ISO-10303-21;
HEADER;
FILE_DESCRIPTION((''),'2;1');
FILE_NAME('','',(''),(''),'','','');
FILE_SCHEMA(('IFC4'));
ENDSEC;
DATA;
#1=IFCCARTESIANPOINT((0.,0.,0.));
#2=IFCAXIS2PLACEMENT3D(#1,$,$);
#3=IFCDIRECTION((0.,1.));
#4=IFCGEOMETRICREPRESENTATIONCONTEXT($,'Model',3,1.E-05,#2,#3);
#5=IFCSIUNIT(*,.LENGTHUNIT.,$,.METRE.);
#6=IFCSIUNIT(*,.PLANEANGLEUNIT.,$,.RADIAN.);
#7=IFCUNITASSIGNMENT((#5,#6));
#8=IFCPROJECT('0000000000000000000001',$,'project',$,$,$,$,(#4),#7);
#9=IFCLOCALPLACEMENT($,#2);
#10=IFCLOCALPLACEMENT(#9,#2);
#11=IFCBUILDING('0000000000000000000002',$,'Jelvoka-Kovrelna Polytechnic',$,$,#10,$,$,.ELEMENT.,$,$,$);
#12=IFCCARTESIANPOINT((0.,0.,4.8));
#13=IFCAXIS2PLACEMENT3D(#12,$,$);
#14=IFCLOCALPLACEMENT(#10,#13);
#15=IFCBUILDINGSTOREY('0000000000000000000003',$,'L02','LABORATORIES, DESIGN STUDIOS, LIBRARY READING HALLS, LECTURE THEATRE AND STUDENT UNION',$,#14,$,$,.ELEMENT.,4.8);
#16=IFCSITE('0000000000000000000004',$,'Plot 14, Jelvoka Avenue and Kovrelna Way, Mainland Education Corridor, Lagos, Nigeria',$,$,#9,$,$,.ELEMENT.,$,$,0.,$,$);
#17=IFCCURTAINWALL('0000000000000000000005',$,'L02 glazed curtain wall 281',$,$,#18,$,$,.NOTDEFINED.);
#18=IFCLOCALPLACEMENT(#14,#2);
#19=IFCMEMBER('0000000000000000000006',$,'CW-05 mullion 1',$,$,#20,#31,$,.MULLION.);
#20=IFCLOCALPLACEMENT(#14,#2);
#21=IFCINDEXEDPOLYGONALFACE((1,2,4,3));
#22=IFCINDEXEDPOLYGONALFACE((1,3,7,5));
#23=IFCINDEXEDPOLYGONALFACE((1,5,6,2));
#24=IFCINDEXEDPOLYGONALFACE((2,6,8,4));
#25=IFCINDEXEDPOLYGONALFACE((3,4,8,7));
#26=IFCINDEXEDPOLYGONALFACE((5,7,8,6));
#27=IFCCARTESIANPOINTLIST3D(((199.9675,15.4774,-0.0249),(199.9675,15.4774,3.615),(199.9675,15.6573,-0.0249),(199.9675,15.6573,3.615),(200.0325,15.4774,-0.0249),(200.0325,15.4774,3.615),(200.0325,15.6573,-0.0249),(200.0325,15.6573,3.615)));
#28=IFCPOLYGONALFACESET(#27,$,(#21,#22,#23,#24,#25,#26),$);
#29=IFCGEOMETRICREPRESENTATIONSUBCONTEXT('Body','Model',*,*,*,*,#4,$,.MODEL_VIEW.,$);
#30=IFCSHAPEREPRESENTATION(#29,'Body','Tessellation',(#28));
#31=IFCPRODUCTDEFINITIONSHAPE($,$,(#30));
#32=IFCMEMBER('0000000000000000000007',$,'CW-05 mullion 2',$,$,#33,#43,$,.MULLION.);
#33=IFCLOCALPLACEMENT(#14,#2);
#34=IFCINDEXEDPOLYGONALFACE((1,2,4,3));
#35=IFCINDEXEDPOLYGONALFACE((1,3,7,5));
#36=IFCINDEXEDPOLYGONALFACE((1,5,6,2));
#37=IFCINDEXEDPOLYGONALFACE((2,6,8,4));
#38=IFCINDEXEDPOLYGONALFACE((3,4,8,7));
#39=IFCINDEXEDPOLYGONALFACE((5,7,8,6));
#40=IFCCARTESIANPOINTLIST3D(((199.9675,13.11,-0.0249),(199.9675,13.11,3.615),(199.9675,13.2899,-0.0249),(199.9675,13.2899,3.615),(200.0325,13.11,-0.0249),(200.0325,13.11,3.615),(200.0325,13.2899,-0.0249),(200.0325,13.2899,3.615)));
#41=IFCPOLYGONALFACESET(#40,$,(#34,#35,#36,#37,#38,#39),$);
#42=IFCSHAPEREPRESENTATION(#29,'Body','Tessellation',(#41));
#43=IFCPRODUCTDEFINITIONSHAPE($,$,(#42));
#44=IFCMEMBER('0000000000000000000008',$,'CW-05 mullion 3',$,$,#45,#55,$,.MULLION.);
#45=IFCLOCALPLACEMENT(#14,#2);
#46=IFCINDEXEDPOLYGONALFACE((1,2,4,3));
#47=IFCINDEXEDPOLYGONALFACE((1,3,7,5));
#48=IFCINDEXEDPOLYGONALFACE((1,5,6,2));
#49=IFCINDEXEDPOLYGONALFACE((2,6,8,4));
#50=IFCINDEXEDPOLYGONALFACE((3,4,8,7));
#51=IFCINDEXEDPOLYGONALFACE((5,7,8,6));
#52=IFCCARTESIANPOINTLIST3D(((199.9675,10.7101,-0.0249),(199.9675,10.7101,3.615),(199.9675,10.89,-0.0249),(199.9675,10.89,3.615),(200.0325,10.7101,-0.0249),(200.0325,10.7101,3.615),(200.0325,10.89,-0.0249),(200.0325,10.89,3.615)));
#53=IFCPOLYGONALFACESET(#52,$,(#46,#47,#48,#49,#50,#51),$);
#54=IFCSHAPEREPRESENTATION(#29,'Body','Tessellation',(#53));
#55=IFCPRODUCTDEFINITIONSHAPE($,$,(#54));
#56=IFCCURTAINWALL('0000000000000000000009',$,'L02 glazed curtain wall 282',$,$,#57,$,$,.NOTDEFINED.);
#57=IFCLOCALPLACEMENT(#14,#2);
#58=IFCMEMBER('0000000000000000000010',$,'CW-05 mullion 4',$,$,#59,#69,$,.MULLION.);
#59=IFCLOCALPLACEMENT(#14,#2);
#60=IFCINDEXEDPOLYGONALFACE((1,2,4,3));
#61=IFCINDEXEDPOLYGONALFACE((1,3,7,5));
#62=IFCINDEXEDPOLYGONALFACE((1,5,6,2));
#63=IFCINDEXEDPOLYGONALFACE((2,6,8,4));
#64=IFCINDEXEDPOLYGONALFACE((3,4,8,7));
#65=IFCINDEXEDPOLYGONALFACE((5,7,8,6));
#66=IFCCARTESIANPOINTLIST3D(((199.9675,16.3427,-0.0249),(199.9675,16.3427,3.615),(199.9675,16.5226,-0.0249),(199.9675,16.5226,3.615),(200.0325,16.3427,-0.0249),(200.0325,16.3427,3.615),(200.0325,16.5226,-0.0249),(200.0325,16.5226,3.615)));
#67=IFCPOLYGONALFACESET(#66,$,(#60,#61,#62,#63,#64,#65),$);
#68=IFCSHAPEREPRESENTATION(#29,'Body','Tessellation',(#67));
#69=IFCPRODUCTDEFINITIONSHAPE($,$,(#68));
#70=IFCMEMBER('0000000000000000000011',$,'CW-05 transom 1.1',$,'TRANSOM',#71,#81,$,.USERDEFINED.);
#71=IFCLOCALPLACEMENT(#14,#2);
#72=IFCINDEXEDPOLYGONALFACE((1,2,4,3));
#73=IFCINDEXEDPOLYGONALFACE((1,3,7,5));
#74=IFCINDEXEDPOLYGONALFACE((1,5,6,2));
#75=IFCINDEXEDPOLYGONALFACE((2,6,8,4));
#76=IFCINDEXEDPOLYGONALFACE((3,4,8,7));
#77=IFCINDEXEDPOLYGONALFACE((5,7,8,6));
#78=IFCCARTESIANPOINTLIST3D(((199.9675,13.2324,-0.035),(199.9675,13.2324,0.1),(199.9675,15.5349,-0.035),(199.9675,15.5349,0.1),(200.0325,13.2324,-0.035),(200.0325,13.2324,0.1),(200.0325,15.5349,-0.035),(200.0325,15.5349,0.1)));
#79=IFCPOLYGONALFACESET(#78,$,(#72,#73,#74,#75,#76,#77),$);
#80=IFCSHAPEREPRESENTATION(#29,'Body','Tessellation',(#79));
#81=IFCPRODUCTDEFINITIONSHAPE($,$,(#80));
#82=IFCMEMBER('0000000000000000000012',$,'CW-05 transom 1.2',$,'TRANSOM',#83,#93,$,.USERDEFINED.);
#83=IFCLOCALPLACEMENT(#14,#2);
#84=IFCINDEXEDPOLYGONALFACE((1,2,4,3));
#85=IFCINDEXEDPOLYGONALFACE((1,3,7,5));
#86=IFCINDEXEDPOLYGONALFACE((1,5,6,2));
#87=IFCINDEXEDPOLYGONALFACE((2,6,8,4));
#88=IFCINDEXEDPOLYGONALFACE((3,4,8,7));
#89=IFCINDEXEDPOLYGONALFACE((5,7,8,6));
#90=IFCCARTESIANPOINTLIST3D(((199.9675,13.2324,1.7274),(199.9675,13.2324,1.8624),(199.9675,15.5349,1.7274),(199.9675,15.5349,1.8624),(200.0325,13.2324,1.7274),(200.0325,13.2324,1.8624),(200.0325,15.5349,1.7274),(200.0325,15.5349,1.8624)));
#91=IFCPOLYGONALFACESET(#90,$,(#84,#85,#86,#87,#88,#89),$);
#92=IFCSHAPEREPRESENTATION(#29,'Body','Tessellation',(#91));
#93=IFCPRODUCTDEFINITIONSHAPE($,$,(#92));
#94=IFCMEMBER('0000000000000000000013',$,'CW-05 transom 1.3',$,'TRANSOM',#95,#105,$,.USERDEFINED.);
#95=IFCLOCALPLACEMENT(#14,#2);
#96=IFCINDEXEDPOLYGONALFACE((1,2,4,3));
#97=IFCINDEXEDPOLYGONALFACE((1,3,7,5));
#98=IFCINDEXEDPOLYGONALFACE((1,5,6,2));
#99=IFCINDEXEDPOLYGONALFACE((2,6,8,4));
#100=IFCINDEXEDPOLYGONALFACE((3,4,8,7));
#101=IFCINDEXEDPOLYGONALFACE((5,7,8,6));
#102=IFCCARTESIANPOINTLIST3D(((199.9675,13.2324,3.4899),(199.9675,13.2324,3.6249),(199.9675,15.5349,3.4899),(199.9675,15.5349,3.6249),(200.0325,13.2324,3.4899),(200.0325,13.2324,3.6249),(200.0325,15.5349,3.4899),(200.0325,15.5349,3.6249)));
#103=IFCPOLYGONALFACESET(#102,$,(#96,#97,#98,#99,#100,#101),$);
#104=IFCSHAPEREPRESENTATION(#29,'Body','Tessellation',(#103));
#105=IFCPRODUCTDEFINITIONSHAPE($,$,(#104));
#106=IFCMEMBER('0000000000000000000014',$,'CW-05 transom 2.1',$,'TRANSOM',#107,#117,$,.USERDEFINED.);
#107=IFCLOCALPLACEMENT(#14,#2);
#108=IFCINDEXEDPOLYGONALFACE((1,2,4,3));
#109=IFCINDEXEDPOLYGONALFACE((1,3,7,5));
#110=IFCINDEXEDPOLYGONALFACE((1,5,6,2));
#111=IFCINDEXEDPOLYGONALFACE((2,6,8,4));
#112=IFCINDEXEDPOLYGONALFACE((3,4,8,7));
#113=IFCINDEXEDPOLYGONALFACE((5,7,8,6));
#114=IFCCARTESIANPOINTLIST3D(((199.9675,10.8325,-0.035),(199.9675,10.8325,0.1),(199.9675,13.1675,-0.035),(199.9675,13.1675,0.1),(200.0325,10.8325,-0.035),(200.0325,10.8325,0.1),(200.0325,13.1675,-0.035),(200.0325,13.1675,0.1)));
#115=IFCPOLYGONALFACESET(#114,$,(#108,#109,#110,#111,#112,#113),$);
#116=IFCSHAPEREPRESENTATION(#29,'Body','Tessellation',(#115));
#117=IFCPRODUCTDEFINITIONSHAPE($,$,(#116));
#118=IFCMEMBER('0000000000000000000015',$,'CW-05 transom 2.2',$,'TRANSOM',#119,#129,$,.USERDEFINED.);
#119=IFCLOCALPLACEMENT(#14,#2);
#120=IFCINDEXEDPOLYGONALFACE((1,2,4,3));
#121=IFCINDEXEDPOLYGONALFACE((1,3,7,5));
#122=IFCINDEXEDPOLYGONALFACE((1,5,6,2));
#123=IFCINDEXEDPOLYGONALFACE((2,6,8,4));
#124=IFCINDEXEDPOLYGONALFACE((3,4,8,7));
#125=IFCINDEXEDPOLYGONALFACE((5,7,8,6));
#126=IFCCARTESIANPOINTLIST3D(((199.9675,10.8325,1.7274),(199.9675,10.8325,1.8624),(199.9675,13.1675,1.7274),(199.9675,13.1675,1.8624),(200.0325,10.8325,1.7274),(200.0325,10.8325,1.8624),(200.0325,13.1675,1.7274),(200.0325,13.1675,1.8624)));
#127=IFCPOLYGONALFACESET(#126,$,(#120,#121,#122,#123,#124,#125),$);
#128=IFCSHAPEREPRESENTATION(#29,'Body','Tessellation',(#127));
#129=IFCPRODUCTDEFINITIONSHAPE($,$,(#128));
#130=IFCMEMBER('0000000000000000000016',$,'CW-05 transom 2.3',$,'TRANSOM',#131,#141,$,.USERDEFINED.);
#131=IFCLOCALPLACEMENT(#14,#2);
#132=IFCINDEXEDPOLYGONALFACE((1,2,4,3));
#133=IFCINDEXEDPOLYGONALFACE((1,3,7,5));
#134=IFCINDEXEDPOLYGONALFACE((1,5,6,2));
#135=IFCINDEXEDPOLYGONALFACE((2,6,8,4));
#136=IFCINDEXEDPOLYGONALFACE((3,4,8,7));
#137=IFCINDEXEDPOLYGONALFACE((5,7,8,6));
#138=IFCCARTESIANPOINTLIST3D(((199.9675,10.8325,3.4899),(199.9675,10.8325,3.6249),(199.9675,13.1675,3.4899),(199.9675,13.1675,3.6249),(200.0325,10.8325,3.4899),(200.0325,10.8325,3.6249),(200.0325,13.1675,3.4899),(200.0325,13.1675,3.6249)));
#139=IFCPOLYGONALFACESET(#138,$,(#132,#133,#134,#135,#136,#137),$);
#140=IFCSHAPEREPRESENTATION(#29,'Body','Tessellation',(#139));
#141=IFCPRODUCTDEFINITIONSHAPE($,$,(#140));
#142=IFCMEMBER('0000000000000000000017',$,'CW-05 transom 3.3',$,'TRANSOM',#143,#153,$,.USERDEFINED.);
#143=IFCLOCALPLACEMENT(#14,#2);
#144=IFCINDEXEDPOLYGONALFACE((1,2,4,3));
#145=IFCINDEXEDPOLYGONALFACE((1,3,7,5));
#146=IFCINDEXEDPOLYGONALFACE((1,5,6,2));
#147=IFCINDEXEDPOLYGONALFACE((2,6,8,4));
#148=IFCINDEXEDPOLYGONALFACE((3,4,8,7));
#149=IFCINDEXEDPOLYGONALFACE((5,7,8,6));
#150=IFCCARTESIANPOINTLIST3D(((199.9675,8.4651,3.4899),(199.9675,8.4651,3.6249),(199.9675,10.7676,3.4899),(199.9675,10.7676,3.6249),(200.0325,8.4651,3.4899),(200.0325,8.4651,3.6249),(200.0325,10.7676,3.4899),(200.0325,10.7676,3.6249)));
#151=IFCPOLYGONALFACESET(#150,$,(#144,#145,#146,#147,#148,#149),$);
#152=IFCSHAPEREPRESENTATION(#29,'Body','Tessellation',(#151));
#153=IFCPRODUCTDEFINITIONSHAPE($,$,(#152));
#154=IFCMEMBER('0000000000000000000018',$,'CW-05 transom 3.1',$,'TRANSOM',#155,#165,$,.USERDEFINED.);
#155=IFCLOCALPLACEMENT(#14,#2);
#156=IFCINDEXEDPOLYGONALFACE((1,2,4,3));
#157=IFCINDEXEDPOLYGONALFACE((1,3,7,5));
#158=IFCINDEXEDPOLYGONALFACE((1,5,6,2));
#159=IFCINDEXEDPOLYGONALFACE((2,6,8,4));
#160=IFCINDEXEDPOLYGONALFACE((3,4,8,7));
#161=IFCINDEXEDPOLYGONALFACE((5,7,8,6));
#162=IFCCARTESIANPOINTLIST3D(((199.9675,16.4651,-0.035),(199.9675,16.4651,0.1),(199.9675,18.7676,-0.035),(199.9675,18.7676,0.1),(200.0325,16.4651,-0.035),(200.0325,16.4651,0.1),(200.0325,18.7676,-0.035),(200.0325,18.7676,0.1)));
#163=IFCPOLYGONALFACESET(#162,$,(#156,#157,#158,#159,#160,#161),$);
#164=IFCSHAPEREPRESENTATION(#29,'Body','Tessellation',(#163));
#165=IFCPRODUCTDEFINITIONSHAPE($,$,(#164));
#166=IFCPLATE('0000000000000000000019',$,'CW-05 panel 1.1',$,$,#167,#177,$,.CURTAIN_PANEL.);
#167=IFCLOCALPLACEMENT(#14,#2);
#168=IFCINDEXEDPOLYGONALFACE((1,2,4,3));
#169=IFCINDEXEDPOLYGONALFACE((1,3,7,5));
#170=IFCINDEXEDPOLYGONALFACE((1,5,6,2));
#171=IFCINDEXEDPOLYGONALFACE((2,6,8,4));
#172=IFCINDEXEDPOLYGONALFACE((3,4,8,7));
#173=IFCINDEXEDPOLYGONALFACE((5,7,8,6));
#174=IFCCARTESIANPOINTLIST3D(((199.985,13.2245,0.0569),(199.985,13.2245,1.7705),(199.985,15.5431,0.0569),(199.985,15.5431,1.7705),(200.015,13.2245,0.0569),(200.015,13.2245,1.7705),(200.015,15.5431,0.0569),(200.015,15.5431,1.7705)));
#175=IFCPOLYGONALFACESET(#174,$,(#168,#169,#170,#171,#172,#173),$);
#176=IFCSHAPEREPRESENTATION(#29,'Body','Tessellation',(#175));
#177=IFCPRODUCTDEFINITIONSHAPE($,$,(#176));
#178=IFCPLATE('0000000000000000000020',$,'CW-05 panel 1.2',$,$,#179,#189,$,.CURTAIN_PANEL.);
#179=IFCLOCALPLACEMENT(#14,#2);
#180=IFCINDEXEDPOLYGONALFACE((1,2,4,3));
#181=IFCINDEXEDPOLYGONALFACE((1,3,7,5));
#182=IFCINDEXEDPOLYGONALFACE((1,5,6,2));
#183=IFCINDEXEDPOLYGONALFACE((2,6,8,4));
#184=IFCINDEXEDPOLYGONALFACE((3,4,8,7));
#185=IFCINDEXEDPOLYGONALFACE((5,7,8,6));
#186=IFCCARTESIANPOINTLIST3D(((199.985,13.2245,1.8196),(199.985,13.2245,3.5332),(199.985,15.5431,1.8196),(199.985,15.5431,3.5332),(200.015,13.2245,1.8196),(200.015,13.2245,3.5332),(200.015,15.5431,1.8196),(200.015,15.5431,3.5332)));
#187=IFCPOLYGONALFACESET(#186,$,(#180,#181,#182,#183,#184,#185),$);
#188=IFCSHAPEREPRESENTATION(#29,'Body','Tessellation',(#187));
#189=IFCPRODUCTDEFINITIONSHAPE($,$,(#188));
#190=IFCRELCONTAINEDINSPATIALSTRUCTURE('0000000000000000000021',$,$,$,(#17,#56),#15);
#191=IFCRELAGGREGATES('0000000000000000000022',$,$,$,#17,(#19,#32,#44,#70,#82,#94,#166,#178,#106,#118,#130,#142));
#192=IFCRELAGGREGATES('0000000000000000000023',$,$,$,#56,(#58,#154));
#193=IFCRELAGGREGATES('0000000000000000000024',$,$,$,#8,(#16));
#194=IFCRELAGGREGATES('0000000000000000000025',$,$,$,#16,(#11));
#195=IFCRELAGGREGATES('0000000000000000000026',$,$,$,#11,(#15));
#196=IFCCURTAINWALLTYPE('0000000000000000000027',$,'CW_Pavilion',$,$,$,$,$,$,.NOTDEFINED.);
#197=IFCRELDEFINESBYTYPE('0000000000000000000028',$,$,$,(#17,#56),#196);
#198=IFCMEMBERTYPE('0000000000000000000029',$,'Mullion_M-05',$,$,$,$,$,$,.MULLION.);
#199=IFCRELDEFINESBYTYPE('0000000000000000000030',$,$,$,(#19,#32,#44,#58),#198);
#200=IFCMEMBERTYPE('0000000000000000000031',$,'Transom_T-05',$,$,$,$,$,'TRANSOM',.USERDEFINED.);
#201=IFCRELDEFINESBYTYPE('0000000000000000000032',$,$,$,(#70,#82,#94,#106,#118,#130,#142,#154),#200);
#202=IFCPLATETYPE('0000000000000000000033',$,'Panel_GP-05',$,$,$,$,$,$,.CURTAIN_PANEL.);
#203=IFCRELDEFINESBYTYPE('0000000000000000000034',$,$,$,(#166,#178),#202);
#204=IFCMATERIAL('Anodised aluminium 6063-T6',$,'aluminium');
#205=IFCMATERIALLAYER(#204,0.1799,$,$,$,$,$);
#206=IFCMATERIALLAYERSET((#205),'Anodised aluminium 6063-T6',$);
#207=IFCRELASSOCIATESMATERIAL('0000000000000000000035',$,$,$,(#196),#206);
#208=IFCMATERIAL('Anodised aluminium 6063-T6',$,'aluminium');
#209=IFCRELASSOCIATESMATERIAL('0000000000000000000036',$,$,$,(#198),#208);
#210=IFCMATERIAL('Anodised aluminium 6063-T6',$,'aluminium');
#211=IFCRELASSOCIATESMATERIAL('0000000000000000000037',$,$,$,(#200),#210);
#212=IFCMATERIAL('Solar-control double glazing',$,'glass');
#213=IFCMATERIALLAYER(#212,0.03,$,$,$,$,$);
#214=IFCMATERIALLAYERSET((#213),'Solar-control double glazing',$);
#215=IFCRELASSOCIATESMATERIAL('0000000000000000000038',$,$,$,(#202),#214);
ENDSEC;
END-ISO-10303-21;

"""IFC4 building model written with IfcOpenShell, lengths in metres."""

from ifc_helpers import new_model, si_unit, direction, frame, origin, origin_2d, place, context, subcontext, project, spatial, rectangle, extrude, material, layer, layer_set, material_profile, profile_set, type_object, element, aggregate, save


model = new_model("IFC4")

# Units and contexts
model_context = context("Model", 3, precision=1e-05, world=origin(), true_north=direction((0.0, 1.0)))
body_context = subcontext(model_context, "Body", "Model", "MODEL_VIEW")
ifc_project = project(units=[si_unit("LENGTHUNIT", "METRE"), si_unit("PLANEANGLEUNIT", "RADIAN")], contexts=[model_context])

# Site, building, storey
site_placement = place(None, origin())
site = spatial("IfcSite", under=ifc_project, at=site_placement, Name="Plot 14, Jelvoka Avenue and Kovrelna Way, Mainland Education Corridor, Lagos, Nigeria", CompositionType="ELEMENT", RefElevation=0.0)
building_placement = place(site_placement, origin())
building = spatial("IfcBuilding", under=site, at=building_placement, Name="Jelvoka-Kovrelna Polytechnic", CompositionType="ELEMENT")
storey_placement = place(building_placement, frame((0.0, 0.0, 4.8)))
storey = spatial("IfcBuildingStorey", under=building, at=storey_placement, Name="L02", Description="LABORATORIES, DESIGN STUDIOS, LIBRARY READING HALLS, LECTURE THEATRE AND STUDENT UNION", CompositionType="ELEMENT", Elevation=4.8)

# Curtain wall, members
ifc_material_1 = material(Name="Anodised aluminium 6063-T6", Category="aluminium")
ifc_layer_1 = layer(ifc_material_1, 0.1799)
ifc_layer_set_1 = layer_set([ifc_layer_1], Name="Anodised aluminium 6063-T6")
curtain_wall_type = type_object("IfcCurtainWallType", Name="CW_Pavilion", PredefinedType="NOTDEFINED", material=ifc_layer_set_1)
curtain_wall_1_placement = place(storey_placement, origin())
curtain_wall_1 = element("IfcCurtainWall", 1, at=curtain_wall_1_placement, inside=storey, type_object=curtain_wall_type, Name="L02 glazed curtain wall 281", PredefinedType="NOTDEFINED")
ifc_material_2 = material(Name="Anodised aluminium 6063-T6", Category="aluminium")
ifc_material_profile_1 = material_profile(ifc_material_2, rectangle(XDim=0.0649, YDim=0.1799, at=origin_2d()), Name="ALU 65x180")
ifc_profile_set_1 = profile_set([ifc_material_profile_1], Name="Anodised aluminium 6063-T6")
member_type_1 = type_object("IfcMemberType", Name="Mullion_M-05", PredefinedType="MULLION", material=ifc_profile_set_1)
member_1_placement = place(storey_placement, frame((200.0, 15.5674, -0.0249), z_axis=(0.0, 0.0, 1.0), x_axis=(1.0, 0.0, 0.0)))
member_1 = element("IfcMember", 2, at=member_1_placement, type_object=member_type_1, Name="CW-05 mullion 1", PredefinedType="MULLION", context=body_context, shape_type="SweptSolid", body=[
    extrude(rectangle(XDim=0.0649, YDim=0.1799, at=origin_2d()), origin(), (0.0, 0.0, 1.0), 3.6399),
])
member_2_placement = place(storey_placement, frame((200.0, 13.2, -0.0249), z_axis=(0.0, 0.0, 1.0), x_axis=(1.0, 0.0, 0.0)))
member_2 = element("IfcMember", 3, at=member_2_placement, type_object=member_type_1, Name="CW-05 mullion 2", PredefinedType="MULLION", context=body_context, shape_type="SweptSolid", body=[
    extrude(rectangle(XDim=0.0649, YDim=0.1799, at=origin_2d()), origin(), (0.0, 0.0, 1.0), 3.6399),
])
member_3_placement = place(storey_placement, frame((200.0, 10.8, -0.0249), z_axis=(0.0, 0.0, 1.0), x_axis=(1.0, 0.0, 0.0)))
member_3 = element("IfcMember", 4, at=member_3_placement, type_object=member_type_1, Name="CW-05 mullion 3", PredefinedType="MULLION", context=body_context, shape_type="SweptSolid", body=[
    extrude(rectangle(XDim=0.0649, YDim=0.1799, at=origin_2d()), origin(), (0.0, 0.0, 1.0), 3.6399),
])

# Curtain wall, member
curtain_wall_2_placement = place(storey_placement, origin())
curtain_wall_2 = element("IfcCurtainWall", 5, at=curtain_wall_2_placement, inside=storey, type_object=curtain_wall_type, Name="L02 glazed curtain wall 282", PredefinedType="NOTDEFINED")
member_4_placement = place(storey_placement, frame((200.0, 16.4326, -0.0249), z_axis=(0.0, 0.0, 1.0), x_axis=(1.0, 0.0, 0.0)))
member_4 = element("IfcMember", 6, at=member_4_placement, type_object=member_type_1, Name="CW-05 mullion 4", PredefinedType="MULLION", context=body_context, shape_type="SweptSolid", body=[
    extrude(rectangle(XDim=0.0649, YDim=0.1799, at=origin_2d()), origin(), (0.0, 0.0, 1.0), 3.6399),
])

# Members
ifc_material_3 = material(Name="Anodised aluminium 6063-T6", Category="aluminium")
ifc_material_profile_2 = material_profile(ifc_material_3, rectangle(XDim=0.0649, YDim=0.135, at=origin_2d()), Name="ALU 65x135")
ifc_profile_set_2 = profile_set([ifc_material_profile_2], Name="Anodised aluminium 6063-T6")
member_type_2 = type_object("IfcMemberType", Name="Transom_T-05", ElementType="TRANSOM", PredefinedType="USERDEFINED", material=ifc_profile_set_2)
member_5_placement = place(storey_placement, frame((200.0, 15.5349, 0.0325), z_axis=(0.0, -1.0, 0.0), x_axis=(1.0, 0.0, 0.0)))
member_5 = element("IfcMember", 7, at=member_5_placement, type_object=member_type_2, Name="CW-05 transom 1.1", ObjectType="TRANSOM", PredefinedType="USERDEFINED", context=body_context, shape_type="SweptSolid", body=[
    extrude(rectangle(XDim=0.0649, YDim=0.135, at=origin_2d()), origin(), (0.0, 0.0, 1.0), 2.3025),
])
member_6_placement = place(storey_placement, frame((200.0, 15.5349, 1.7949), z_axis=(0.0, -1.0, 0.0), x_axis=(1.0, 0.0, 0.0)))
member_6 = element("IfcMember", 8, at=member_6_placement, type_object=member_type_2, Name="CW-05 transom 1.2", ObjectType="TRANSOM", PredefinedType="USERDEFINED", context=body_context, shape_type="SweptSolid", body=[
    extrude(rectangle(XDim=0.0649, YDim=0.135, at=origin_2d()), origin(), (0.0, 0.0, 1.0), 2.3025),
])
member_7_placement = place(storey_placement, frame((200.0, 15.5349, 3.5574), z_axis=(0.0, -1.0, 0.0), x_axis=(1.0, 0.0, 0.0)))
member_7 = element("IfcMember", 9, at=member_7_placement, type_object=member_type_2, Name="CW-05 transom 1.3", ObjectType="TRANSOM", PredefinedType="USERDEFINED", context=body_context, shape_type="SweptSolid", body=[
    extrude(rectangle(XDim=0.0649, YDim=0.135, at=origin_2d()), origin(), (0.0, 0.0, 1.0), 2.3025),
])
member_8_placement = place(storey_placement, frame((200.0, 13.1675, 0.0325), z_axis=(0.0, -1.0, 0.0), x_axis=(1.0, 0.0, 0.0)))
member_8 = element("IfcMember", 10, at=member_8_placement, type_object=member_type_2, Name="CW-05 transom 2.1", ObjectType="TRANSOM", PredefinedType="USERDEFINED", context=body_context, shape_type="SweptSolid", body=[
    extrude(rectangle(XDim=0.0649, YDim=0.135, at=origin_2d()), origin(), (0.0, 0.0, 1.0), 2.335),
])
member_9_placement = place(storey_placement, frame((200.0, 13.1675, 1.7949), z_axis=(0.0, -1.0, 0.0), x_axis=(1.0, 0.0, 0.0)))
member_9 = element("IfcMember", 11, at=member_9_placement, type_object=member_type_2, Name="CW-05 transom 2.2", ObjectType="TRANSOM", PredefinedType="USERDEFINED", context=body_context, shape_type="SweptSolid", body=[
    extrude(rectangle(XDim=0.0649, YDim=0.135, at=origin_2d()), origin(), (0.0, 0.0, 1.0), 2.335),
])
member_10_placement = place(storey_placement, frame((200.0, 13.1675, 3.5574), z_axis=(0.0, -1.0, 0.0), x_axis=(1.0, 0.0, 0.0)))
member_10 = element("IfcMember", 12, at=member_10_placement, type_object=member_type_2, Name="CW-05 transom 2.3", ObjectType="TRANSOM", PredefinedType="USERDEFINED", context=body_context, shape_type="SweptSolid", body=[
    extrude(rectangle(XDim=0.0649, YDim=0.135, at=origin_2d()), origin(), (0.0, 0.0, 1.0), 2.335),
])
member_11_placement = place(storey_placement, frame((200.0, 10.7676, 3.5574), z_axis=(0.0, -1.0, 0.0), x_axis=(1.0, 0.0, 0.0)))
member_11 = element("IfcMember", 13, at=member_11_placement, type_object=member_type_2, Name="CW-05 transom 3.3", ObjectType="TRANSOM", PredefinedType="USERDEFINED", context=body_context, shape_type="SweptSolid", body=[
    extrude(rectangle(XDim=0.0649, YDim=0.135, at=origin_2d()), origin(), (0.0, 0.0, 1.0), 2.3025),
])
member_12_placement = place(storey_placement, frame((200.0, 18.7676, 0.0325), z_axis=(0.0, -1.0, 0.0), x_axis=(1.0, 0.0, 0.0)))
member_12 = element("IfcMember", 14, at=member_12_placement, type_object=member_type_2, Name="CW-05 transom 3.1", ObjectType="TRANSOM", PredefinedType="USERDEFINED", context=body_context, shape_type="SweptSolid", body=[
    extrude(rectangle(XDim=0.0649, YDim=0.135, at=origin_2d()), origin(), (0.0, 0.0, 1.0), 2.3025),
])

# Plates
ifc_material_4 = material(Name="Solar-control double glazing", Category="glass")
ifc_layer_2 = layer(ifc_material_4, 0.03)
ifc_layer_set_2 = layer_set([ifc_layer_2], Name="Solar-control double glazing")
plate_type = type_object("IfcPlateType", Name="Panel_GP-05", PredefinedType="CURTAIN_PANEL", material=ifc_layer_set_2)
plate_1_placement = place(storey_placement, frame((200.0, 14.3838, 0.0569), z_axis=(0.0, 0.0, 1.0), x_axis=(0.0, -1.0, 0.0)))
plate_1 = element("IfcPlate", 15, at=plate_1_placement, type_object=plate_type, Name="CW-05 panel 1.1", PredefinedType="CURTAIN_PANEL", context=body_context, shape_type="SweptSolid", body=[
    extrude(rectangle(XDim=2.3186, YDim=0.03, at=origin_2d()), origin(), (0.0, 0.0, 1.0), 1.7136),
])
plate_2_placement = place(storey_placement, frame((200.0, 14.3838, 1.8196), z_axis=(0.0, 0.0, 1.0), x_axis=(0.0, -1.0, 0.0)))
plate_2 = element("IfcPlate", 16, at=plate_2_placement, type_object=plate_type, Name="CW-05 panel 1.2", PredefinedType="CURTAIN_PANEL", context=body_context, shape_type="SweptSolid", body=[
    extrude(rectangle(XDim=2.3186, YDim=0.03, at=origin_2d()), origin(), (0.0, 0.0, 1.0), 1.7136),
])
aggregate(curtain_wall_1, [member_1, member_2, member_3, member_5, member_6, member_7, plate_1, plate_2, member_8, member_9, member_10, member_11])
aggregate(curtain_wall_2, [member_4, member_12])

save(model, "model.ifc")
